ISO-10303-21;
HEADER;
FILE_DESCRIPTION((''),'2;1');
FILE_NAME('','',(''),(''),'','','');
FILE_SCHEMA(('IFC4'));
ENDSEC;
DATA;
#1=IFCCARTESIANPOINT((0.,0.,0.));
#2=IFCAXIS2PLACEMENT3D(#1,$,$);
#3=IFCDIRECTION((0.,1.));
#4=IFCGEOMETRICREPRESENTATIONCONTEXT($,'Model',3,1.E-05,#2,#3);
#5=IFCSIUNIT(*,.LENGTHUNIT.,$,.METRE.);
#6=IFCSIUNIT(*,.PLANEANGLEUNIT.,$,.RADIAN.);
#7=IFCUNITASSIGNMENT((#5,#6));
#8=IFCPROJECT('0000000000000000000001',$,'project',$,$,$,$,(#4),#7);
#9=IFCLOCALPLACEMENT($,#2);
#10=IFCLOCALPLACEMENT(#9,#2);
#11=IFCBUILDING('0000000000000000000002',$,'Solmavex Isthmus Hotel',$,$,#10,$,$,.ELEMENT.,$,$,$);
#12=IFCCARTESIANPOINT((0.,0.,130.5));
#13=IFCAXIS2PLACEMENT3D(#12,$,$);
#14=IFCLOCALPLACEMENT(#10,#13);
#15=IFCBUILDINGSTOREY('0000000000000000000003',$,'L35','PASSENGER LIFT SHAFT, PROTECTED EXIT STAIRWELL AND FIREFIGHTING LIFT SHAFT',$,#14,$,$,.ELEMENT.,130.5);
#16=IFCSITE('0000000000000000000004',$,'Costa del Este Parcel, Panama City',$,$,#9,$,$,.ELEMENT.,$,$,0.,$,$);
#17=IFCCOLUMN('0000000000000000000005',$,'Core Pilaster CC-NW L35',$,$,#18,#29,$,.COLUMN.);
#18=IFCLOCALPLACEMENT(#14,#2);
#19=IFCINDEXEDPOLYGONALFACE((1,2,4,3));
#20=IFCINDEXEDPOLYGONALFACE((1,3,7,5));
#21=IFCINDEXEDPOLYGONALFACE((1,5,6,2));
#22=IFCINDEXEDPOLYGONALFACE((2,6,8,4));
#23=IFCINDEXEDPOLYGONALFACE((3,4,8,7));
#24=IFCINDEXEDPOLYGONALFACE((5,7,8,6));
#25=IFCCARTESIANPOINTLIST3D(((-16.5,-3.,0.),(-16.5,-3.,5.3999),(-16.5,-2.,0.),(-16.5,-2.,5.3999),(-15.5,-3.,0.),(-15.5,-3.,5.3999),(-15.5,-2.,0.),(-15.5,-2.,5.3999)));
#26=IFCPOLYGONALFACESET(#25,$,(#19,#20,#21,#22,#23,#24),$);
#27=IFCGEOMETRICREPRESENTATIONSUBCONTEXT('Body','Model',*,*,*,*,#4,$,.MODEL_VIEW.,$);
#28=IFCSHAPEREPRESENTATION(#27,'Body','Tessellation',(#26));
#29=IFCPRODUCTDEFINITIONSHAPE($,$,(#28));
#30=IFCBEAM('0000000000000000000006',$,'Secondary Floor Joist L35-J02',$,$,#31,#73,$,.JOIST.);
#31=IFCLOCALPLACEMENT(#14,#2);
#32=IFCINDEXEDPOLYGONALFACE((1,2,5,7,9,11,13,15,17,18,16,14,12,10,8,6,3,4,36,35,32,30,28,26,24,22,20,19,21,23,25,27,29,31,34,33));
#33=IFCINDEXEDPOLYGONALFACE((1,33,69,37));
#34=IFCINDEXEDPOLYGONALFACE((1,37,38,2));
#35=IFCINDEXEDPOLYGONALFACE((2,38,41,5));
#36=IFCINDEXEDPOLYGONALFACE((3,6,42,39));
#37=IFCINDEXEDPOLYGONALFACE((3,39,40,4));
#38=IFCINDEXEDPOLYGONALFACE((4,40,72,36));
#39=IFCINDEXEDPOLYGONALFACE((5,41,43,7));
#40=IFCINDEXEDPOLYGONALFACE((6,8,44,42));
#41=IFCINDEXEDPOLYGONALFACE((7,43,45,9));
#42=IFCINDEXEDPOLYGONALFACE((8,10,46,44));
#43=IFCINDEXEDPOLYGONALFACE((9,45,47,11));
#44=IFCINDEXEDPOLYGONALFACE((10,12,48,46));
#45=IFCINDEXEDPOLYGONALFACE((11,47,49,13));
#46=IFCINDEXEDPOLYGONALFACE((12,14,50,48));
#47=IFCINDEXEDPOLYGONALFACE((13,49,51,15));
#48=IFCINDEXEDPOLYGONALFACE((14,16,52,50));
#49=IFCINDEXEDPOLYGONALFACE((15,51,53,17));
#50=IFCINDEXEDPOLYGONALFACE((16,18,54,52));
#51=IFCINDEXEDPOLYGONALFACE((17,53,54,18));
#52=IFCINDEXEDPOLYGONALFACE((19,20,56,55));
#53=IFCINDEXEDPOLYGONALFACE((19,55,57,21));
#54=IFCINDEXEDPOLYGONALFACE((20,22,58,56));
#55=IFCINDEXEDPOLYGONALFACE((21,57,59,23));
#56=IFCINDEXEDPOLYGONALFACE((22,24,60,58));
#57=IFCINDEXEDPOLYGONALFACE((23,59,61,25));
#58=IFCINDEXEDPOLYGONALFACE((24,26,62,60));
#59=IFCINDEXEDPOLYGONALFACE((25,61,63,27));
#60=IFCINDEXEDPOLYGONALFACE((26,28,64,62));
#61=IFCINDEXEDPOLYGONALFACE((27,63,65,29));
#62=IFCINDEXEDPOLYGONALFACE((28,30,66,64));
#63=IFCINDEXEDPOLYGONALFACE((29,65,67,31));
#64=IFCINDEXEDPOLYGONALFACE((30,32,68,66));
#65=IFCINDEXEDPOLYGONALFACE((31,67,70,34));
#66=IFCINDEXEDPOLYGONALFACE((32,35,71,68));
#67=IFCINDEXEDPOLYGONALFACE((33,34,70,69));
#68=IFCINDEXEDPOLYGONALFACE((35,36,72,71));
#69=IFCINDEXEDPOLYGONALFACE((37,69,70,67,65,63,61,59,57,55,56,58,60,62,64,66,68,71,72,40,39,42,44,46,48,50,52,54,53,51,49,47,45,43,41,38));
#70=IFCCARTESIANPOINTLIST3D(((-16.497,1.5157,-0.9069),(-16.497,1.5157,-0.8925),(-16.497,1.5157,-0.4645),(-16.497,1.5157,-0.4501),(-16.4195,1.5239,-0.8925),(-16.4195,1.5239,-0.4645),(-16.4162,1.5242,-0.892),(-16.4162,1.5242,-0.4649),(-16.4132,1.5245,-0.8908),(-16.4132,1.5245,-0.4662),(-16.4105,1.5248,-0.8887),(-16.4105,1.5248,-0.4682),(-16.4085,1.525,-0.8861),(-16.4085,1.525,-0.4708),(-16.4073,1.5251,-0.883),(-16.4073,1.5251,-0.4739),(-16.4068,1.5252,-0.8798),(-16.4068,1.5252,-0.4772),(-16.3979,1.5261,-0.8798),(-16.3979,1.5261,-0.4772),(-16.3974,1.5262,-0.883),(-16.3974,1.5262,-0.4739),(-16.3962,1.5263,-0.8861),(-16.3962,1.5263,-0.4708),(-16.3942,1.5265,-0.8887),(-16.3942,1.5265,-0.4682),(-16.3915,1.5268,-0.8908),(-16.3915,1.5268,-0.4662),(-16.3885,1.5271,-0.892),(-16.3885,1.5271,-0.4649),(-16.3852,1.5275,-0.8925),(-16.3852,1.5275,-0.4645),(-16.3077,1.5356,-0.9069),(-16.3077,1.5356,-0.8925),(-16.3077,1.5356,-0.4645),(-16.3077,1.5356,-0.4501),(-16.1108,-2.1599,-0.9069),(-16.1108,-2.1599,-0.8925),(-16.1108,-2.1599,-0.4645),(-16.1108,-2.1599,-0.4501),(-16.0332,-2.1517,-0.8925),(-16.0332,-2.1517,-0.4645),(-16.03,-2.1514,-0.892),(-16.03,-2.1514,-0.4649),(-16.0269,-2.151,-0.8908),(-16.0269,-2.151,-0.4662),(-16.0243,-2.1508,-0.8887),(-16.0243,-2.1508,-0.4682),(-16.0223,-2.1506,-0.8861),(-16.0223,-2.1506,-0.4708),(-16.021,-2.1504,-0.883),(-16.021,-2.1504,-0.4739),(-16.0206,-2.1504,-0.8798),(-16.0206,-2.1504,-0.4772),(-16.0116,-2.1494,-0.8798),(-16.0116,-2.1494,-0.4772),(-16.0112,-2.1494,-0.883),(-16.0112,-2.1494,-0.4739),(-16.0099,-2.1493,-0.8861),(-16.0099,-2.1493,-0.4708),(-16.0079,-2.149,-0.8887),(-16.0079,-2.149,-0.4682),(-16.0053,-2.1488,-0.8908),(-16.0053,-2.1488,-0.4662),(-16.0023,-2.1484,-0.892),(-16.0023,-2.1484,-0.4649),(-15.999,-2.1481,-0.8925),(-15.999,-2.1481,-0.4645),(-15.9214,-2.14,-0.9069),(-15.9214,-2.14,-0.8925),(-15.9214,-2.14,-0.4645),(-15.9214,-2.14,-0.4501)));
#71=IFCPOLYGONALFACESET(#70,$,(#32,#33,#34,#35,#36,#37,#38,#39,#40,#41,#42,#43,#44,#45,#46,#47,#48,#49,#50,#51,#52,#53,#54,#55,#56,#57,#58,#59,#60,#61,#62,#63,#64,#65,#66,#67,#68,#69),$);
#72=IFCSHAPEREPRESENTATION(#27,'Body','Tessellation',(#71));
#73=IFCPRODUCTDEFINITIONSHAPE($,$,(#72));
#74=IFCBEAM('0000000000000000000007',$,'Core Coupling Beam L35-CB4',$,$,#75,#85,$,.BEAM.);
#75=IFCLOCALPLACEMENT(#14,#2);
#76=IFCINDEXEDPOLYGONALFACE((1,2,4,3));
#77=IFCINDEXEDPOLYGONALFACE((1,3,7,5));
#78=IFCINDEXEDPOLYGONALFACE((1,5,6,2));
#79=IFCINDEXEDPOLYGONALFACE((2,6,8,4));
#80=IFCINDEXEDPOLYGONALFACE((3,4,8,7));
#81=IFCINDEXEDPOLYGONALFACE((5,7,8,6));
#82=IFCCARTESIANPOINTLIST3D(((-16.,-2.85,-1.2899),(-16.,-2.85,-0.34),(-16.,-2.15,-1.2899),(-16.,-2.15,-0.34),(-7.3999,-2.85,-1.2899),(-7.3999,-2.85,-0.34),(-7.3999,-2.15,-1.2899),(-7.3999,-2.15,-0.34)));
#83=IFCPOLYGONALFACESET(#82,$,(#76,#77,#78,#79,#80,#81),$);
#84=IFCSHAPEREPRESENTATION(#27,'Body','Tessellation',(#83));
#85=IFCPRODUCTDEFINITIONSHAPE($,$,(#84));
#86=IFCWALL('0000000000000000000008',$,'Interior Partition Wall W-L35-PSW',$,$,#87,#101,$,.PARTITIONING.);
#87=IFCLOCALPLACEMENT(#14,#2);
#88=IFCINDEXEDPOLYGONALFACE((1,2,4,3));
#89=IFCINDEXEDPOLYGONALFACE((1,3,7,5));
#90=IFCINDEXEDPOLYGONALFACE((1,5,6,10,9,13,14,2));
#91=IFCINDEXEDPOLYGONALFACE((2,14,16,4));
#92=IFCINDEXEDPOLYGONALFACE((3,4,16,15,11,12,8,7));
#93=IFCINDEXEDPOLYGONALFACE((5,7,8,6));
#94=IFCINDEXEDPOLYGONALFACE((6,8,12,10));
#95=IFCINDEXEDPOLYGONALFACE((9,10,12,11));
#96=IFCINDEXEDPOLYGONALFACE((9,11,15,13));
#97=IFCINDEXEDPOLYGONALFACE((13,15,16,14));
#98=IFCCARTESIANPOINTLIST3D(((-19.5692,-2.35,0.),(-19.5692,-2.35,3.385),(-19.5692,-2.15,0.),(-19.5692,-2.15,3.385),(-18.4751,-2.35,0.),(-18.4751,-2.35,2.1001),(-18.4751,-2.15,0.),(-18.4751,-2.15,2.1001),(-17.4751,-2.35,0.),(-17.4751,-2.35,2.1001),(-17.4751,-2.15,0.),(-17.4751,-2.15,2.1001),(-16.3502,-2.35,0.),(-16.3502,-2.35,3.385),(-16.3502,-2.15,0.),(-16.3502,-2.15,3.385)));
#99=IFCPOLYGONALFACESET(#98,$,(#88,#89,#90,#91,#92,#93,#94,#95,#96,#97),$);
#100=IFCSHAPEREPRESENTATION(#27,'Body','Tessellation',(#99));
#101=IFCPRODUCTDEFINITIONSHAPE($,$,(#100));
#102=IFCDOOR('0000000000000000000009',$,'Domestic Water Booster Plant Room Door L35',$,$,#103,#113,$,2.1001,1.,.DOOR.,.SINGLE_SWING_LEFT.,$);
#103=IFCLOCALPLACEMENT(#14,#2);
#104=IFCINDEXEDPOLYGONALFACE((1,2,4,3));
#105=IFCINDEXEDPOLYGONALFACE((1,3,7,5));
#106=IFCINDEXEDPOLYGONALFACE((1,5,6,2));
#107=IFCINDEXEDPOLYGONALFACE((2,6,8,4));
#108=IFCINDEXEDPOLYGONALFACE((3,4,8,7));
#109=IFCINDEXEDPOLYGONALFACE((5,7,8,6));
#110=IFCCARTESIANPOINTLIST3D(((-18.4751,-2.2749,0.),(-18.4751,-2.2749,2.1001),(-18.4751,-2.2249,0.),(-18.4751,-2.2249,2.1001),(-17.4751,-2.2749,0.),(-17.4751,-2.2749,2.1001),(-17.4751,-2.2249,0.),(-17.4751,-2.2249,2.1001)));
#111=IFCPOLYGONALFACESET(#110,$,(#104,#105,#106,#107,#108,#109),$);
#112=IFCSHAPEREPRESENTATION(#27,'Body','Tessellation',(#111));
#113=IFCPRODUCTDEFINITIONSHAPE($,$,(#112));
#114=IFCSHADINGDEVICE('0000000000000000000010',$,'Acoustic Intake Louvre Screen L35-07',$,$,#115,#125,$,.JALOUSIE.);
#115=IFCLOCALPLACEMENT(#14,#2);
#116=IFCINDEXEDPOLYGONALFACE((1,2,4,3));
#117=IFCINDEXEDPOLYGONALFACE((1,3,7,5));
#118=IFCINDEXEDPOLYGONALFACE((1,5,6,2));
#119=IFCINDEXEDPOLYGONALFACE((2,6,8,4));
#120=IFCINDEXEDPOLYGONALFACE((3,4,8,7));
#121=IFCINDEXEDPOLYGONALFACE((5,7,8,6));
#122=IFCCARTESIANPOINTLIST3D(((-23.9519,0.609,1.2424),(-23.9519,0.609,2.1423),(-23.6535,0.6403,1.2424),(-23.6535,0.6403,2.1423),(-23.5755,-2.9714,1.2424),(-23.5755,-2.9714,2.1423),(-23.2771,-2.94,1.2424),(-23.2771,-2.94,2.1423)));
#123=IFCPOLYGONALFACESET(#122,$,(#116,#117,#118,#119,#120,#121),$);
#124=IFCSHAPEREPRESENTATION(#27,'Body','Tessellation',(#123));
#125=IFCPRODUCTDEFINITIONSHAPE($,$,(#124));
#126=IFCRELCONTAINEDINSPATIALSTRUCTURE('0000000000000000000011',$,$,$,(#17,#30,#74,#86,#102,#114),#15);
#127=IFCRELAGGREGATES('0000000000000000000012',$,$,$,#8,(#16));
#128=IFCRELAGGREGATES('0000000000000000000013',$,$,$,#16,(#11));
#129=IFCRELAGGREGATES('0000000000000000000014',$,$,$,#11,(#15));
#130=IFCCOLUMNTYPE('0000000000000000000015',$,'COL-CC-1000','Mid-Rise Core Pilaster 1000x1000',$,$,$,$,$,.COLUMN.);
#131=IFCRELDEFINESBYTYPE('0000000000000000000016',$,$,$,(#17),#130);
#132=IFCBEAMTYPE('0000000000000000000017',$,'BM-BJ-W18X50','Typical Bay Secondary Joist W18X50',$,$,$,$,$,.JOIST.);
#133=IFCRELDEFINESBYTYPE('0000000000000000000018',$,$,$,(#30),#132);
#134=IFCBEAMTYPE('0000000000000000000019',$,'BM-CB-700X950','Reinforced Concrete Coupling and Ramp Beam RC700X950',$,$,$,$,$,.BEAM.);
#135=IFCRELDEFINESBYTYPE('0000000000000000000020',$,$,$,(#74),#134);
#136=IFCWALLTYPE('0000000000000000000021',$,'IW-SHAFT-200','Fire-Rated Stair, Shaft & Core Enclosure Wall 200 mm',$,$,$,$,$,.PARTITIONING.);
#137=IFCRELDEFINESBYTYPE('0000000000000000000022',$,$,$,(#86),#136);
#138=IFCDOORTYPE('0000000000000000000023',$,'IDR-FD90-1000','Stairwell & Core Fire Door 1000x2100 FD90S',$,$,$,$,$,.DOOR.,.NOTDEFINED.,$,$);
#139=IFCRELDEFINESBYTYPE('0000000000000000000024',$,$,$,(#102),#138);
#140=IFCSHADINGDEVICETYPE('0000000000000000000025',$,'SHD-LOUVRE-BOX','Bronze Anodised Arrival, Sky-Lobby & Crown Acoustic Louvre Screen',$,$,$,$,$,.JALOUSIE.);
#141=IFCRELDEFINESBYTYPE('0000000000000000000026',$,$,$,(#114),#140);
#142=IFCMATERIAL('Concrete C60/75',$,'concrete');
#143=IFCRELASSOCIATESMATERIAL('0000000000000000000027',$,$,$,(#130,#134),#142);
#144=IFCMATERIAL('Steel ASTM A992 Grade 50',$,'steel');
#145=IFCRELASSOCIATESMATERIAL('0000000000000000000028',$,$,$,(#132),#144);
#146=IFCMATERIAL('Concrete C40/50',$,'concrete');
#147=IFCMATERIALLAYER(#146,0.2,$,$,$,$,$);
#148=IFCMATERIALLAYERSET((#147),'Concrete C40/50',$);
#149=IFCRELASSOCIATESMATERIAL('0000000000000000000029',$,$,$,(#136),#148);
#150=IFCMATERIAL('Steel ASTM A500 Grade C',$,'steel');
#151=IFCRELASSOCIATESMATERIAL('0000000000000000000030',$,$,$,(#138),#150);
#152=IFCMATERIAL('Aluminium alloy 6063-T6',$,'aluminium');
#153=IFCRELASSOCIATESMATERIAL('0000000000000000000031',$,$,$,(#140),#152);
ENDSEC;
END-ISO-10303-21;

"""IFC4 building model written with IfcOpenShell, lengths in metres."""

from ifc_helpers import new_model, si_unit, direction, frame, frame_2d, origin, origin_2d, place, context, subcontext, project, spatial, rectangle, i_section, extrude, material, layer, layer_set, material_profile, profile_set, type_object, element, fill, save


model = new_model("IFC4")

# Units and contexts
model_context = context("Model", 3, precision=1e-05, world=origin(), true_north=direction((0.0, 1.0)))
body_context = subcontext(model_context, "Body", "Model", "MODEL_VIEW")
ifc_project = project(units=[si_unit("LENGTHUNIT", "METRE"), si_unit("PLANEANGLEUNIT", "RADIAN")], contexts=[model_context])

# Site, building, storey
site_placement = place(None, origin())
site = spatial("IfcSite", under=ifc_project, at=site_placement, Name="Costa del Este Parcel, Panama City", CompositionType="ELEMENT", RefElevation=0.0)
building_placement = place(site_placement, origin())
building = spatial("IfcBuilding", under=site, at=building_placement, Name="Solmavex Isthmus Hotel", CompositionType="ELEMENT")
storey_placement = place(building_placement, frame((0.0, 0.0, 130.5)))
storey = spatial("IfcBuildingStorey", under=building, at=storey_placement, Name="L35", Description="PASSENGER LIFT SHAFT, PROTECTED EXIT STAIRWELL AND FIREFIGHTING LIFT SHAFT", CompositionType="ELEMENT", Elevation=130.5)

# Column
ifc_material_1 = material(Name="Concrete C60/75", Category="concrete")
ifc_material_profile_1 = material_profile(ifc_material_1, rectangle(XDim=1.0, YDim=1.0, at=origin_2d()), Name="RC1000X1000")
ifc_profile_set_1 = profile_set([ifc_material_profile_1], Name="Concrete C60/75")
column_type = type_object("IfcColumnType", Name="COL-CC-1000", Description="Mid-Rise Core Pilaster 1000x1000", PredefinedType="COLUMN", material=ifc_profile_set_1)
column_placement = place(storey_placement, frame((-16.0, -2.5, 0.0), z_axis=(0.0, 0.0, 1.0), x_axis=(1.0, 0.0, 0.0)))
element("IfcColumn", 1, at=column_placement, inside=storey, type_object=column_type, Name="Core Pilaster CC-NW L35", PredefinedType="COLUMN", context=body_context, shape_type="SweptSolid", body=[
    extrude(rectangle(XDim=1.0, YDim=1.0, at=origin_2d()), origin(), (0.0, 0.0, 1.0), 5.3999),
])

# Beams
ifc_material_2 = material(Name="Steel ASTM A992 Grade 50", Category="steel")
ifc_material_profile_2 = material_profile(ifc_material_2, i_section(OverallWidth=0.1904, OverallDepth=0.4568, WebThickness=0.009, FlangeThickness=0.0144, FilletRadius=0.0127, at=origin_2d()), Name="W18X50")
ifc_profile_set_2 = profile_set([ifc_material_profile_2], Name="Steel ASTM A992 Grade 50")
beam_type_1 = type_object("IfcBeamType", Name="BM-BJ-W18X50", Description="Typical Bay Secondary Joist W18X50", PredefinedType="JOIST", material=ifc_profile_set_2)
beam_1_placement = place(storey_placement, frame((-16.0161, -2.1499, -0.6785), z_axis=(-0.104506, 0.994524, 0.0), x_axis=(-0.994524, -0.104506, 0.0)))
element("IfcBeam", 2, at=beam_1_placement, inside=storey, type_object=beam_type_1, Name="Secondary Floor Joist L35-J02", PredefinedType="JOIST", context=body_context, shape_type="SweptSolid", body=[
    extrude(i_section(OverallWidth=0.1904, OverallDepth=0.4568, WebThickness=0.009, FlangeThickness=0.0144, FilletRadius=0.0127, at=origin_2d()), origin(), (0.0, 0.0, 1.0), 3.6958),
])
ifc_material_profile_3 = material_profile(ifc_material_1, rectangle(XDim=0.7, YDim=0.95, at=origin_2d()), Name="RC700X950")
ifc_profile_set_3 = profile_set([ifc_material_profile_3], Name="Concrete C60/75")
beam_type_2 = type_object("IfcBeamType", Name="BM-CB-700X950", Description="Reinforced Concrete Coupling and Ramp Beam RC700X950", PredefinedType="BEAM", material=ifc_profile_set_3)
beam_2_placement = place(storey_placement, frame((-16.0, -2.5, -0.8149), z_axis=(1.0, 0.0, 0.0), x_axis=(0.0, 1.0, 0.0)))
element("IfcBeam", 3, at=beam_2_placement, inside=storey, type_object=beam_type_2, Name="Core Coupling Beam L35-CB4", PredefinedType="BEAM", context=body_context, shape_type="SweptSolid", body=[
    extrude(rectangle(XDim=0.7, YDim=0.95, at=origin_2d()), origin(), (0.0, 0.0, 1.0), 8.6001),
])

# Shared definitions
ifc_material_3 = material(Name="Concrete C40/50", Category="concrete")
ifc_layer = layer(ifc_material_3, 0.2)
ifc_layer_set = layer_set([ifc_layer], Name="Concrete C40/50")
wall_type = type_object("IfcWallType", Name="IW-SHAFT-200", Description="Fire-Rated Stair, Shaft & Core Enclosure Wall 200 mm", PredefinedType="PARTITIONING", material=ifc_layer_set)
ifc_material_4 = material(Name="Steel ASTM A500 Grade C", Category="steel")
door_type = type_object("IfcDoorType", Name="IDR-FD90-1000", Description="Stairwell & Core Fire Door 1000x2100 FD90S", OperationType="NOTDEFINED", PredefinedType="DOOR", material=ifc_material_4)

# Wall, opening, door
wall_1_placement = place(storey_placement, frame((-19.5691, -2.25, 0.0), z_axis=(0.0, 0.0, 1.0), x_axis=(1.0, 0.0, 0.0)))
wall_1 = element("IfcWall", 4, at=wall_1_placement, inside=storey, type_object=wall_type, Name="Interior Partition Wall W-L35-PSW", PredefinedType="PARTITIONING", context=body_context, shape_type="SweptSolid", body=[
    extrude(rectangle(XDim=3.219, YDim=0.2, at=frame_2d((1.6094, 0.0))), origin(), (0.0, 0.0, 1.0), 3.385),
])
opening_1_placement = place(wall_1_placement, frame((1.094, 0.0, 0.0)))
opening_1 = element("IfcOpeningElement", 5, at=opening_1_placement, cuts=wall_1, PredefinedType="OPENING", context=body_context, shape_type="SweptSolid", body=[
    extrude(rectangle(XDim=1.0, YDim=2.1001, at=frame_2d((0.5, 1.05))), frame((0.0, 0.1099, 0.0), z_axis=(0.0, -1.0, 0.0), x_axis=(1.0, 0.0, 0.0)), (0.0, 0.0, 1.0), 0.22),
])
door_1_placement = place(opening_1_placement, frame((1.0, 0.0, 0.0), z_axis=(0.0, 0.0, 1.0), x_axis=(-1.0, 0.0, 0.0)))
door_1 = element("IfcDoor", 6, at=door_1_placement, inside=storey, type_object=door_type, Name="Domestic Water Booster Plant Room Door L35", OperationType="SINGLE_SWING_LEFT", OverallHeight=2.1001, OverallWidth=1.0, PredefinedType="DOOR", context=body_context, shape_type="SweptSolid", body=[
    extrude(rectangle(XDim=1.0, YDim=2.1001, at=frame_2d((0.5, 1.05))), frame((0.0, 0.0249, 0.0), z_axis=(0.0, -1.0, 0.0), x_axis=(1.0, 0.0, 0.0)), (0.0, 0.0, 1.0), 0.05),
])
fill(opening_1, door_1)

# Shading device
ifc_material_5 = material(Name="Aluminium alloy 6063-T6", Category="aluminium")
shading_device_type = type_object("IfcShadingDeviceType", Name="SHD-LOUVRE-BOX", Description="Bronze Anodised Arrival, Sky-Lobby & Crown Acoustic Louvre Screen", PredefinedType="JALOUSIE", material=ifc_material_5)
shading_device_placement = place(storey_placement, frame((-23.6145, -1.1655, 1.2424), z_axis=(0.0, 0.0, 1.0), x_axis=(-0.104528, 0.994522, 0.0)))
element("IfcShadingDevice", 7, at=shading_device_placement, inside=storey, type_object=shading_device_type, Name="Acoustic Intake Louvre Screen L35-07", PredefinedType="JALOUSIE", context=body_context, shape_type="SweptSolid", body=[
    extrude(rectangle(XDim=3.6001, YDim=0.3, at=origin_2d()), origin(), (0.0, 0.0, 1.0), 0.8999),
])

save(model, "model.ifc")
